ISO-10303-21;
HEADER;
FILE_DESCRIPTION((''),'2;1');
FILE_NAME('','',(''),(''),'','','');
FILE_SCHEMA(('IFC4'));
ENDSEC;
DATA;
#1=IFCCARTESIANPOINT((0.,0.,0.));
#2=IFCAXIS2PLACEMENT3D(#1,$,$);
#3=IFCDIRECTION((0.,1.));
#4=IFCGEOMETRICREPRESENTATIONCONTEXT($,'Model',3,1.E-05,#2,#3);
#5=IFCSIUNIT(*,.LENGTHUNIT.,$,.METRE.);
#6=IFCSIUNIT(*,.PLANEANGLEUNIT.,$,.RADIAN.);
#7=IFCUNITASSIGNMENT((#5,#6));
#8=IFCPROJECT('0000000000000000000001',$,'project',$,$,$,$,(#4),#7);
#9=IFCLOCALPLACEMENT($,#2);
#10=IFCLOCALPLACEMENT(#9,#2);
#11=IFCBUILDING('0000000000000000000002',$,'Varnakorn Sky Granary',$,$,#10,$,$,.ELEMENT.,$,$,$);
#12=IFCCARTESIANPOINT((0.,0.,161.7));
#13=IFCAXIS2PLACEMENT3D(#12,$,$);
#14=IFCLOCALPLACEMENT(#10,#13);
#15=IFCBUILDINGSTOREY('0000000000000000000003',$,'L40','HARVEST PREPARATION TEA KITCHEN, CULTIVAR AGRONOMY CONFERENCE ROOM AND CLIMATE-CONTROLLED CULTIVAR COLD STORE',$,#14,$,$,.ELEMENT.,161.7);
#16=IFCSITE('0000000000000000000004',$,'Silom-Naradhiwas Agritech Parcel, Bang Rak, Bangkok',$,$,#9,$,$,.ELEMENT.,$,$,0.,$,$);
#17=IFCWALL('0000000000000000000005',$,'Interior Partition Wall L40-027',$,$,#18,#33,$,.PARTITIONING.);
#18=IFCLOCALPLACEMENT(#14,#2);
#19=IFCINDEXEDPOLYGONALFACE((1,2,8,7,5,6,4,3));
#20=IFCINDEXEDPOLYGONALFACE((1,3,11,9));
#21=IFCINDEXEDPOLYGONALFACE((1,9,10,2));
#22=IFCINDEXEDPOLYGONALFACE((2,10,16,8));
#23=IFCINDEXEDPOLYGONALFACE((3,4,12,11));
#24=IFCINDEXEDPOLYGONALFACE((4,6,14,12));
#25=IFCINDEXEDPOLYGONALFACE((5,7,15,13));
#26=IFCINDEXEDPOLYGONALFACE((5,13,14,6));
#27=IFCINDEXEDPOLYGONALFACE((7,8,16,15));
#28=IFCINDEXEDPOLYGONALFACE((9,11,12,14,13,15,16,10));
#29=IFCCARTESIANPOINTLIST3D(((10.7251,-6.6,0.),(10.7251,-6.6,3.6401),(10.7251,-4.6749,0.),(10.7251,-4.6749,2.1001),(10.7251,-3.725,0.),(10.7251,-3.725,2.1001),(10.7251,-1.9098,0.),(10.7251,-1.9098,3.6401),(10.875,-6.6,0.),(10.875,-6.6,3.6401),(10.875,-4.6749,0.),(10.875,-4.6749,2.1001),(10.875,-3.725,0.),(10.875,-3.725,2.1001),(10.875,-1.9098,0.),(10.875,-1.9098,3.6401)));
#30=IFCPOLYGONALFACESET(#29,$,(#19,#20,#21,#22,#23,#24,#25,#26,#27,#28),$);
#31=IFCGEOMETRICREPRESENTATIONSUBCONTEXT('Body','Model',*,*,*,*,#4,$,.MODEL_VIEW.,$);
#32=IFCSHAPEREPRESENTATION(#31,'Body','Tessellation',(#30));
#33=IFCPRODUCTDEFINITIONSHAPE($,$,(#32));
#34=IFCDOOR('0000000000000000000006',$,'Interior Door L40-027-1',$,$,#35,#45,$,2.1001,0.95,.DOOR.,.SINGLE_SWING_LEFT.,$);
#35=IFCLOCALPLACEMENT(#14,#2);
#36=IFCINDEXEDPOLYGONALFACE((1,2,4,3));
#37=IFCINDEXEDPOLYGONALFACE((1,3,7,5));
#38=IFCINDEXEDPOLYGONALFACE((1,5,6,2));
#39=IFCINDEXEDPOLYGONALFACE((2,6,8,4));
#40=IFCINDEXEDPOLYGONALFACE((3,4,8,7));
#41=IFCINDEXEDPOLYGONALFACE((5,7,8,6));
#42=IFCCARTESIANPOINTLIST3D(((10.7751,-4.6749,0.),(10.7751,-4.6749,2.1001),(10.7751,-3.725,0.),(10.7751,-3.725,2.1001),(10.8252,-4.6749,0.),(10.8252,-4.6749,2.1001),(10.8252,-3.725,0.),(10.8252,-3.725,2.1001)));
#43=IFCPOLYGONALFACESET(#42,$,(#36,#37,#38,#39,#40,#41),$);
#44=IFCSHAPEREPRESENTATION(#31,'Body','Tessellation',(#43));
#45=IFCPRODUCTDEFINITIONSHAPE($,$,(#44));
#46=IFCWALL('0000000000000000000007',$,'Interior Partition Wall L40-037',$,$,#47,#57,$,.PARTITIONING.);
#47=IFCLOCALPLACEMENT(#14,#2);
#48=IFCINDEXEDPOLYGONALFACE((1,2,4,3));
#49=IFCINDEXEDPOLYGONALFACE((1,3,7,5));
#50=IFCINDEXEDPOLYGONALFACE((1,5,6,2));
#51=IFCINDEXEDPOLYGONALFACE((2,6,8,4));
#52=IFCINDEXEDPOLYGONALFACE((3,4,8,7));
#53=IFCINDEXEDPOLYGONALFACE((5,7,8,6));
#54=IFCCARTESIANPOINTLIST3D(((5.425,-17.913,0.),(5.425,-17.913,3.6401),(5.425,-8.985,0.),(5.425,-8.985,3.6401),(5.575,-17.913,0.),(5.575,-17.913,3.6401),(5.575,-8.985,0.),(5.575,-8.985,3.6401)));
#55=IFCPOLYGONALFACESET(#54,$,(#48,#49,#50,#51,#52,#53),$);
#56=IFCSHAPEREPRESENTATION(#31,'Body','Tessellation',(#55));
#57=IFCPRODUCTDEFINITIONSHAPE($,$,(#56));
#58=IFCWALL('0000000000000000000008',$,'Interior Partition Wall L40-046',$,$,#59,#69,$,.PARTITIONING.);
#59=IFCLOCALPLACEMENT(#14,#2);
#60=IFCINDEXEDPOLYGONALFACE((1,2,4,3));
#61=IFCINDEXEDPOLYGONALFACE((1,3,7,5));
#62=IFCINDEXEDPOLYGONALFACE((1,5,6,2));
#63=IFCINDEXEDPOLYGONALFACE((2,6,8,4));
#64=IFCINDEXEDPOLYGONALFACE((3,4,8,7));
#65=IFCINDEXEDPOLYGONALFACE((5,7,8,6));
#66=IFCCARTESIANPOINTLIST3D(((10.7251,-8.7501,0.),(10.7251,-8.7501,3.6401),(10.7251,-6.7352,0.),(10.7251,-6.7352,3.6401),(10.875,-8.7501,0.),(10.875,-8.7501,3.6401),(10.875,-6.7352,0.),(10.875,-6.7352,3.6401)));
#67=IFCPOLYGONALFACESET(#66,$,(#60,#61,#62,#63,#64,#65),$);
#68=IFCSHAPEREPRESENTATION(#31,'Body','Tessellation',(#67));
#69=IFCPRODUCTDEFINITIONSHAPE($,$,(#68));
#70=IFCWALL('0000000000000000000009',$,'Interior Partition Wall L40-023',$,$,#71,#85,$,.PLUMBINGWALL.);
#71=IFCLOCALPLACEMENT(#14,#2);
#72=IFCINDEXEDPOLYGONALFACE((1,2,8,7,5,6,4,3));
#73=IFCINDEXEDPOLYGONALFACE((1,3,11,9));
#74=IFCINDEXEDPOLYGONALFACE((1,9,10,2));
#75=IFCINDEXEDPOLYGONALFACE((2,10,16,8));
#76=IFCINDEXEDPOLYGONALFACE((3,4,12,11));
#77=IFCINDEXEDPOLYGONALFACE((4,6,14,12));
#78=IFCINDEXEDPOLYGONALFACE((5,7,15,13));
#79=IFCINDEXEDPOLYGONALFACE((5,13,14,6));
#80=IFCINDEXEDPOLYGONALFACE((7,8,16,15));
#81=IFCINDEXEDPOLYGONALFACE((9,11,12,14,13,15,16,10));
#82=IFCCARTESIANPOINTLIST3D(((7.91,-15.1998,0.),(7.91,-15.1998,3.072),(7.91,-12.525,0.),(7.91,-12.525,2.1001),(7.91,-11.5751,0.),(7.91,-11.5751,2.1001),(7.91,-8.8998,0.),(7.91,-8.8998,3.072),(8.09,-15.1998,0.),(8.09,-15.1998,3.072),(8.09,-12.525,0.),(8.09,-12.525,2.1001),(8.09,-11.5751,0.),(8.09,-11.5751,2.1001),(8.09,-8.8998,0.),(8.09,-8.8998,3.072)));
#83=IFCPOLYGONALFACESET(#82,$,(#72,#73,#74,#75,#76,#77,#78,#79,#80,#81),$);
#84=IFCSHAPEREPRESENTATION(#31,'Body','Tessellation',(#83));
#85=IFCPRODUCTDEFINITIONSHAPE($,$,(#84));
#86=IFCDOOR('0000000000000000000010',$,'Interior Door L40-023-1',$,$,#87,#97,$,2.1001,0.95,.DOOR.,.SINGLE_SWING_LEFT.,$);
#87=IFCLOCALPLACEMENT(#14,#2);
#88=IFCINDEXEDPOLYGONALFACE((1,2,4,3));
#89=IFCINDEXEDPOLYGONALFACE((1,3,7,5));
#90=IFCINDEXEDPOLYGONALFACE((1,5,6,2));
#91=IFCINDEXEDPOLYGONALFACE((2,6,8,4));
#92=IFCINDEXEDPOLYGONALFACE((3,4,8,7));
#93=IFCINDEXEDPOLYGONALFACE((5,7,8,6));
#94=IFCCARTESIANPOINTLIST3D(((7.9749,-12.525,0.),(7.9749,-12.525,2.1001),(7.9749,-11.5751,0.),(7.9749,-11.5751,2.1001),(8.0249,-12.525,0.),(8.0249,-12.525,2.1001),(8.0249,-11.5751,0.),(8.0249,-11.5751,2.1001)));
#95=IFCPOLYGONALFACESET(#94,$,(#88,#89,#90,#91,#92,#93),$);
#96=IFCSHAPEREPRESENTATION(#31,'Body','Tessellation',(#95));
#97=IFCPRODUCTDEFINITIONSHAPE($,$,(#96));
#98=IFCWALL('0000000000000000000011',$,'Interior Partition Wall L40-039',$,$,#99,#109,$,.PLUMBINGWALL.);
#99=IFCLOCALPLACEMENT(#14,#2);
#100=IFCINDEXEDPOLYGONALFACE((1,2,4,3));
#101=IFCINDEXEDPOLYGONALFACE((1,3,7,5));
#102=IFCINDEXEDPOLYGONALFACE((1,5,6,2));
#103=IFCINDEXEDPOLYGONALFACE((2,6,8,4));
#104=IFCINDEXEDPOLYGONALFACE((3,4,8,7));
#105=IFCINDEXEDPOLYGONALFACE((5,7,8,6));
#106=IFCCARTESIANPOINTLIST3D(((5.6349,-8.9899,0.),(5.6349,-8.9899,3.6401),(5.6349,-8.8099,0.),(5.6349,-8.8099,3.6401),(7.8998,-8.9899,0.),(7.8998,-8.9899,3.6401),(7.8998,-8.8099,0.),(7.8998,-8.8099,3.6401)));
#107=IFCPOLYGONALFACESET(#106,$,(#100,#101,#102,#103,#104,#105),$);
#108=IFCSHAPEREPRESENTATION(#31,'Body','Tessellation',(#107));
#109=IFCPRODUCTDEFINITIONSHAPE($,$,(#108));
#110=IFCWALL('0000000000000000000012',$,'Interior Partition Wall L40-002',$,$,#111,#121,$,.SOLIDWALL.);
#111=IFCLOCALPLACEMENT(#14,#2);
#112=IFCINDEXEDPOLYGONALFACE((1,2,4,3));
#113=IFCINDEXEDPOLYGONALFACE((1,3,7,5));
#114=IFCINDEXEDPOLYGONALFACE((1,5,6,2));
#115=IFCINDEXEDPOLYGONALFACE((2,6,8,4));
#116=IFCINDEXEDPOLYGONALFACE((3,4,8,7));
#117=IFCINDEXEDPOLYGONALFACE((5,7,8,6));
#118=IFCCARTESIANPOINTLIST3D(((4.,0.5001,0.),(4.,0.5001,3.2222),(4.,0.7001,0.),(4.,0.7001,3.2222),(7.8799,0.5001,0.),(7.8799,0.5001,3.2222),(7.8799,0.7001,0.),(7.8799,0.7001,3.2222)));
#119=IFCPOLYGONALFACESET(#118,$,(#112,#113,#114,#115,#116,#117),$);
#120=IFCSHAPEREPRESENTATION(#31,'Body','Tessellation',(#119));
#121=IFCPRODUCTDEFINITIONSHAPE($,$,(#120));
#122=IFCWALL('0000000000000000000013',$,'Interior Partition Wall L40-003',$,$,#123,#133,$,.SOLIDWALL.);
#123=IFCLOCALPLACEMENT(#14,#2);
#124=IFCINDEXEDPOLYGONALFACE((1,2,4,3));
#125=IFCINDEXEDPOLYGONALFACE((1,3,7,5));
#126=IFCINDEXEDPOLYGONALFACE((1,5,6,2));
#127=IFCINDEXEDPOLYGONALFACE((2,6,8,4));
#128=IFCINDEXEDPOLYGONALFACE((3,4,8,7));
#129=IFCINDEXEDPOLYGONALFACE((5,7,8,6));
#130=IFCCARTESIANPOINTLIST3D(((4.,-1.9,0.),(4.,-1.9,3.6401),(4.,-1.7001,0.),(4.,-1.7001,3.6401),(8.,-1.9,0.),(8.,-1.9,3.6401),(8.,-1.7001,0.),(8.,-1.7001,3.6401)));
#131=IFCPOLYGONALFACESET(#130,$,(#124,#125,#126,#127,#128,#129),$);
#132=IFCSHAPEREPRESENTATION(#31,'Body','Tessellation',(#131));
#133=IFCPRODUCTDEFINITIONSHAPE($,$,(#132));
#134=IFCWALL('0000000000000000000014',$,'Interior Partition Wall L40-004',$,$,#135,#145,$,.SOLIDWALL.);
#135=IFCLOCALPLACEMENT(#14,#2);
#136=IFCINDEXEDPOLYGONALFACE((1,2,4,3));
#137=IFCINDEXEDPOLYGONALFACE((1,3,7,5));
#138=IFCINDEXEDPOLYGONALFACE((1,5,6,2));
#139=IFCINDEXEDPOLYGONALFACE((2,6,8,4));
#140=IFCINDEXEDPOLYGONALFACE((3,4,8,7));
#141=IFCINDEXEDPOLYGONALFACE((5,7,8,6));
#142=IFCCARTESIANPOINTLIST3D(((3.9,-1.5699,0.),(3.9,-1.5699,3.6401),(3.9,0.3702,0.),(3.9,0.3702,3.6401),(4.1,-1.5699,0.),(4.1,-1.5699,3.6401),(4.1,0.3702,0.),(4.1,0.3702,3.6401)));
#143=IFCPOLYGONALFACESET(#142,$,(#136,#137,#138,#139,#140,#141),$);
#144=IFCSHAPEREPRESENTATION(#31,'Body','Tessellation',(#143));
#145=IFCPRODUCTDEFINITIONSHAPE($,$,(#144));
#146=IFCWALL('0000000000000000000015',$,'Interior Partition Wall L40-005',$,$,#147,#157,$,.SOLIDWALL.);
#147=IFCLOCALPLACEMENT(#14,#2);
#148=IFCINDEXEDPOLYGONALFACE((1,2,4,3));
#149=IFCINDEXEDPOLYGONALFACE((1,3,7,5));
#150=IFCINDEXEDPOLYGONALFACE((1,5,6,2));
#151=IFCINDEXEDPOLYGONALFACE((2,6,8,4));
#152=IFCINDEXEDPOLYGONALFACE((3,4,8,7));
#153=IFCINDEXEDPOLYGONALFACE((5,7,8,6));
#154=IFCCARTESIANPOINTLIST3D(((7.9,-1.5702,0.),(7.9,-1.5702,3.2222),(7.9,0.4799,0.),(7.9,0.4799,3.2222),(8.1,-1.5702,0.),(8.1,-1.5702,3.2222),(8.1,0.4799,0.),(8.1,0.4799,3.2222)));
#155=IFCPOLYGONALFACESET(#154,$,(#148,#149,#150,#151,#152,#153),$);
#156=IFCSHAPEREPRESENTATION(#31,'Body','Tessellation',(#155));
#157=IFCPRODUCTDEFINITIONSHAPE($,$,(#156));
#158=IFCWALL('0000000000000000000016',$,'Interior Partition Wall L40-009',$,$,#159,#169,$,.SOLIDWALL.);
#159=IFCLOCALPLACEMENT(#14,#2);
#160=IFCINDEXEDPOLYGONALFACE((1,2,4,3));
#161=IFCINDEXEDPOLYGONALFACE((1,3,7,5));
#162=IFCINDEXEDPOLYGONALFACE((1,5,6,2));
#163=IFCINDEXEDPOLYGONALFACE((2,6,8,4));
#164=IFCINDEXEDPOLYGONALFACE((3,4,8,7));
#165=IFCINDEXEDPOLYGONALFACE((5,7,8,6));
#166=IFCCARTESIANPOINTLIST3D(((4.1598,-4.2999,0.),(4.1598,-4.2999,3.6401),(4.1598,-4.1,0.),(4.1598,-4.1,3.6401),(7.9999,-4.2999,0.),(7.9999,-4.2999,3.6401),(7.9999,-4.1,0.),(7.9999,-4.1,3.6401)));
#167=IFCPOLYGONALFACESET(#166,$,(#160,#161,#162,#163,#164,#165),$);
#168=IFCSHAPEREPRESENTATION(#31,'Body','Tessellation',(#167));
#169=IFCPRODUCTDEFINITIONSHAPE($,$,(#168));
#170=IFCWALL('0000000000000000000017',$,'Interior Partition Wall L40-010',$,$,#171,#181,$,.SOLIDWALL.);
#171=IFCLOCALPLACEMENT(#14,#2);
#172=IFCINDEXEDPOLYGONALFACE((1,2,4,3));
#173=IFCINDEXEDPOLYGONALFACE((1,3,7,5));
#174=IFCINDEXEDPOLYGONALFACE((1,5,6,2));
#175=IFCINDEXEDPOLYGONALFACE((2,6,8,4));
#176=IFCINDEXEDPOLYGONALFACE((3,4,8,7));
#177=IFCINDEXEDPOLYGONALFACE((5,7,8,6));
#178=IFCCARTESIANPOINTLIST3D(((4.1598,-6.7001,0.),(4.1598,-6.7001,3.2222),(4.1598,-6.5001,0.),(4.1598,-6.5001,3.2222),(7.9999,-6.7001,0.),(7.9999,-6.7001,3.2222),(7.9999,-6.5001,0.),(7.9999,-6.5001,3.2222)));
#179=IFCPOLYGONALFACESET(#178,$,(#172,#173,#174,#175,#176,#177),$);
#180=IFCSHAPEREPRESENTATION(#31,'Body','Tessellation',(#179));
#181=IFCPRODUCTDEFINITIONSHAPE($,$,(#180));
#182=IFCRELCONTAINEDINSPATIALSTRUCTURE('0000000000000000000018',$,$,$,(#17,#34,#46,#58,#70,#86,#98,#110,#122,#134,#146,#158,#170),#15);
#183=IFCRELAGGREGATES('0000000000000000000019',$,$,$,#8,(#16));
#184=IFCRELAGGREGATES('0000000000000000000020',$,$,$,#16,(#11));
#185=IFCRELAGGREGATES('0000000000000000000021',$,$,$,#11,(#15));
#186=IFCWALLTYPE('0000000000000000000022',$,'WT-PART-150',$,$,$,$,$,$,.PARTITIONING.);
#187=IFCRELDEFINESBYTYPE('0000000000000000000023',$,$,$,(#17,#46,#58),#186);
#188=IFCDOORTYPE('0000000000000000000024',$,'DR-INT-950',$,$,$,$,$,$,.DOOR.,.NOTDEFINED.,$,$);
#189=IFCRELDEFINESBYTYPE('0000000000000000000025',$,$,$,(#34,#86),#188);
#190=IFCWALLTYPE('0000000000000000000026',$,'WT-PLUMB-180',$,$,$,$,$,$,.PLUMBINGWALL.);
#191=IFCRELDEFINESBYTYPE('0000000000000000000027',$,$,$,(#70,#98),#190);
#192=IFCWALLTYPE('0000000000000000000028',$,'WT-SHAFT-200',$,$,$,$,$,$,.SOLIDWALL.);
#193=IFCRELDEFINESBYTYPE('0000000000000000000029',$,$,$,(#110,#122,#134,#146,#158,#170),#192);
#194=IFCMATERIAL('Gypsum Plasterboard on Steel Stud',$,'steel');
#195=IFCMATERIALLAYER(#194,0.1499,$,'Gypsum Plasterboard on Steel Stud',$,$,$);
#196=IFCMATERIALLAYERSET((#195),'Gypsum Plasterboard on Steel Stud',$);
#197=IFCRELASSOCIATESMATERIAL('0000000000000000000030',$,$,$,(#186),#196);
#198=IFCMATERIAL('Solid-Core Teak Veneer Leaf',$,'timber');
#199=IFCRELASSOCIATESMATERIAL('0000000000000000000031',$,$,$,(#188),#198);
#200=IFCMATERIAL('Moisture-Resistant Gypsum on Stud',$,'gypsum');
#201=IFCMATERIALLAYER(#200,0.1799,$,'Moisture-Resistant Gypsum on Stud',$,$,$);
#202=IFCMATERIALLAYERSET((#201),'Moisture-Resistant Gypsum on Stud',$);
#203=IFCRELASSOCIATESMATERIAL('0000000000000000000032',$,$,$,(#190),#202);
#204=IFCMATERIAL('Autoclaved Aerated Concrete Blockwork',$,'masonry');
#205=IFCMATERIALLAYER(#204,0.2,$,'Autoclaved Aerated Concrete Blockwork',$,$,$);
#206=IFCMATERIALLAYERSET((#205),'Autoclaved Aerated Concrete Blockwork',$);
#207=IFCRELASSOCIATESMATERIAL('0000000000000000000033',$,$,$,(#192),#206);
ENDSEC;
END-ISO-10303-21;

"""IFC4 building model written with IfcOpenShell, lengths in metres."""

from ifc_helpers import new_model, si_unit, direction, frame, frame_2d, origin, place, context, subcontext, project, spatial, rectangle, extrude, material, layer, layer_set, type_object, element, fill, save


model = new_model("IFC4")

# Units and contexts
model_context = context("Model", 3, precision=1e-05, world=origin(), true_north=direction((0.0, 1.0)))
body_context = subcontext(model_context, "Body", "Model", "MODEL_VIEW")
ifc_project = project(units=[si_unit("LENGTHUNIT", "METRE"), si_unit("PLANEANGLEUNIT", "RADIAN")], contexts=[model_context])

# Site, building, storey
site_placement = place(None, origin())
site = spatial("IfcSite", under=ifc_project, at=site_placement, Name="Silom-Naradhiwas Agritech Parcel, Bang Rak, Bangkok", CompositionType="ELEMENT", RefElevation=0.0)
building_placement = place(site_placement, origin())
building = spatial("IfcBuilding", under=site, at=building_placement, Name="Varnakorn Sky Granary", CompositionType="ELEMENT")
storey_placement = place(building_placement, frame((0.0, 0.0, 161.7)))
storey = spatial("IfcBuildingStorey", under=building, at=storey_placement, Name="L40", Description="HARVEST PREPARATION TEA KITCHEN, CULTIVAR AGRONOMY CONFERENCE ROOM AND CLIMATE-CONTROLLED CULTIVAR COLD STORE", CompositionType="ELEMENT", Elevation=161.7)

# Wall, opening, door
ifc_material_1 = material(Name="Autoclaved Aerated Concrete Blockwork", Category="masonry")
ifc_material_2 = material(Name="Gypsum Plasterboard on Steel Stud", Category="steel")
ifc_layer_1 = layer(ifc_material_2, 0.1499, Name="Gypsum Plasterboard on Steel Stud")
ifc_layer_set_1 = layer_set([ifc_layer_1], Name="Gypsum Plasterboard on Steel Stud")
wall_type_1 = type_object("IfcWallType", Name="WT-PART-150", PredefinedType="PARTITIONING", material=ifc_layer_set_1)
wall_1_placement = place(storey_placement, frame((10.8, -6.6001, 0.0), z_axis=(0.0, 0.0, 1.0), x_axis=(0.0, 1.0, 0.0)))
wall_1 = element("IfcWall", 1, at=wall_1_placement, inside=storey, type_object=wall_type_1, Name="Interior Partition Wall L40-027", PredefinedType="PARTITIONING", context=body_context, shape_type="SweptSolid", body=[
    extrude(rectangle(XDim=4.6902, YDim=0.1499, at=frame_2d((2.3452, 0.0))), origin(), (0.0, 0.0, 1.0), 3.6401),
])
opening_1_placement = place(wall_1_placement, frame((1.925, 0.0, 0.0)))
opening_1 = element("IfcOpeningElement", 2, at=opening_1_placement, cuts=wall_1, PredefinedType="OPENING", context=body_context, shape_type="SweptSolid", body=[
    extrude(rectangle(XDim=0.95, YDim=2.1001, at=frame_2d((0.4751, 1.05))), frame((0.0, 0.085, 0.0), z_axis=(0.0, -1.0, 0.0), x_axis=(1.0, 0.0, 0.0)), (0.0, 0.0, 1.0), 0.1699),
])
ifc_material_3 = material(Name="Solid-Core Teak Veneer Leaf", Category="timber")
door_type_1 = type_object("IfcDoorType", Name="DR-INT-950", OperationType="NOTDEFINED", PredefinedType="DOOR", material=ifc_material_3)
door_1_placement = place(opening_1_placement, origin())
door_1 = element("IfcDoor", 3, at=door_1_placement, inside=storey, type_object=door_type_1, Name="Interior Door L40-027-1", OperationType="SINGLE_SWING_LEFT", OverallHeight=2.1001, OverallWidth=0.95, PredefinedType="DOOR", context=body_context, shape_type="SweptSolid", body=[
    extrude(rectangle(XDim=0.95, YDim=2.1001, at=frame_2d((0.4751, 1.05))), frame((0.0, 0.0249, 0.0), z_axis=(0.0, -1.0, 0.0), x_axis=(1.0, 0.0, 0.0)), (0.0, 0.0, 1.0), 0.05),
])
fill(opening_1, door_1)

# Walls
wall_2_placement = place(storey_placement, frame((5.5, -8.9851, 0.0), z_axis=(0.0, 0.0, 1.0), x_axis=(0.0, -1.0, 0.0)))
element("IfcWall", 4, at=wall_2_placement, inside=storey, type_object=wall_type_1, Name="Interior Partition Wall L40-037", PredefinedType="PARTITIONING", context=body_context, shape_type="SweptSolid", body=[
    extrude(rectangle(XDim=8.928, YDim=0.1499, at=frame_2d((4.4639, 0.0))), origin(), (0.0, 0.0, 1.0), 3.6401),
])
wall_3_placement = place(storey_placement, frame((10.8, -8.75, 0.0), z_axis=(0.0, 0.0, 1.0), x_axis=(0.0, 1.0, 0.0)))
element("IfcWall", 5, at=wall_3_placement, inside=storey, type_object=wall_type_1, Name="Interior Partition Wall L40-046", PredefinedType="PARTITIONING", context=body_context, shape_type="SweptSolid", body=[
    extrude(rectangle(XDim=2.0149, YDim=0.1499, at=frame_2d((1.0073, 0.0))), origin(), (0.0, 0.0, 1.0), 3.6401),
])

# Wall, opening, door
ifc_material_4 = material(Name="Moisture-Resistant Gypsum on Stud", Category="gypsum")
ifc_layer_2 = layer(ifc_material_4, 0.1799, Name="Moisture-Resistant Gypsum on Stud")
ifc_layer_set_2 = layer_set([ifc_layer_2], Name="Moisture-Resistant Gypsum on Stud")
wall_type_2 = type_object("IfcWallType", Name="WT-PLUMB-180", PredefinedType="PLUMBINGWALL", material=ifc_layer_set_2)
wall_4_placement = place(storey_placement, frame((8.0, -8.8999, 0.0), z_axis=(0.0, 0.0, 1.0), x_axis=(0.0, -1.0, 0.0)))
wall_4 = element("IfcWall", 6, at=wall_4_placement, inside=storey, type_object=wall_type_2, Name="Interior Partition Wall L40-023", PredefinedType="PLUMBINGWALL", context=body_context, shape_type="SweptSolid", body=[
    extrude(rectangle(XDim=6.3, YDim=0.1799, at=frame_2d((3.1499, 0.0))), origin(), (0.0, 0.0, 1.0), 3.072),
])
opening_2_placement = place(wall_4_placement, frame((2.675, 0.0, 0.0)))
opening_2 = element("IfcOpeningElement", 7, at=opening_2_placement, cuts=wall_4, PredefinedType="OPENING", context=body_context, shape_type="SweptSolid", body=[
    extrude(rectangle(XDim=0.95, YDim=2.1001, at=frame_2d((0.4751, 1.05))), frame((0.0, 0.1001, 0.0), z_axis=(0.0, -1.0, 0.0), x_axis=(1.0, 0.0, 0.0)), (0.0, 0.0, 1.0), 0.2),
])
door_2_placement = place(opening_2_placement, origin())
door_2 = element("IfcDoor", 8, at=door_2_placement, inside=storey, type_object=door_type_1, Name="Interior Door L40-023-1", OperationType="SINGLE_SWING_LEFT", OverallHeight=2.1001, OverallWidth=0.95, PredefinedType="DOOR", context=body_context, shape_type="SweptSolid", body=[
    extrude(rectangle(XDim=0.95, YDim=2.1001, at=frame_2d((0.4751, 1.05))), frame((0.0, 0.0249, 0.0), z_axis=(0.0, -1.0, 0.0), x_axis=(1.0, 0.0, 0.0)), (0.0, 0.0, 1.0), 0.05),
])
fill(opening_2, door_2)

# Walls
wall_5_placement = place(storey_placement, frame((5.635, -8.8999, 0.0), z_axis=(0.0, 0.0, 1.0), x_axis=(1.0, 0.0, 0.0)))
element("IfcWall", 9, at=wall_5_placement, inside=storey, type_object=wall_type_2, Name="Interior Partition Wall L40-039", PredefinedType="PLUMBINGWALL", context=body_context, shape_type="SweptSolid", body=[
    extrude(rectangle(XDim=2.2649, YDim=0.1799, at=frame_2d((1.1323, 0.0))), origin(), (0.0, 0.0, 1.0), 3.6401),
])
ifc_layer_3 = layer(ifc_material_1, 0.2, Name="Autoclaved Aerated Concrete Blockwork")
ifc_layer_set_3 = layer_set([ifc_layer_3], Name="Autoclaved Aerated Concrete Blockwork")
wall_type_3 = type_object("IfcWallType", Name="WT-SHAFT-200", PredefinedType="SOLIDWALL", material=ifc_layer_set_3)
wall_6_placement = place(storey_placement, frame((4.0, 0.6001, 0.0), z_axis=(0.0, 0.0, 1.0), x_axis=(1.0, 0.0, 0.0)))
element("IfcWall", 10, at=wall_6_placement, inside=storey, type_object=wall_type_3, Name="Interior Partition Wall L40-002", PredefinedType="SOLIDWALL", context=body_context, shape_type="SweptSolid", body=[
    extrude(rectangle(XDim=3.8799, YDim=0.2, at=frame_2d((1.9399, 0.0))), origin(), (0.0, 0.0, 1.0), 3.2222),
])
wall_7_placement = place(storey_placement, frame((4.0, -1.8, 0.0), z_axis=(0.0, 0.0, 1.0), x_axis=(1.0, 0.0, 0.0)))
element("IfcWall", 11, at=wall_7_placement, inside=storey, type_object=wall_type_3, Name="Interior Partition Wall L40-003", PredefinedType="SOLIDWALL", context=body_context, shape_type="SweptSolid", body=[
    extrude(rectangle(XDim=4.0, YDim=0.2, at=frame_2d((2.0, 0.0))), origin(), (0.0, 0.0, 1.0), 3.6401),
])
wall_8_placement = place(storey_placement, frame((4.0, -1.5701, 0.0), z_axis=(0.0, 0.0, 1.0), x_axis=(0.0, 1.0, 0.0)))
element("IfcWall", 12, at=wall_8_placement, inside=storey, type_object=wall_type_3, Name="Interior Partition Wall L40-004", PredefinedType="SOLIDWALL", context=body_context, shape_type="SweptSolid", body=[
    extrude(rectangle(XDim=1.9402, YDim=0.2, at=frame_2d((0.9702, 0.0))), origin(), (0.0, 0.0, 1.0), 3.6401),
])
wall_9_placement = place(storey_placement, frame((8.0, -1.5701, 0.0), z_axis=(0.0, 0.0, 1.0), x_axis=(0.0, 1.0, 0.0)))
element("IfcWall", 13, at=wall_9_placement, inside=storey, type_object=wall_type_3, Name="Interior Partition Wall L40-005", PredefinedType="SOLIDWALL", context=body_context, shape_type="SweptSolid", body=[
    extrude(rectangle(XDim=2.05, YDim=0.2, at=frame_2d((1.0249, 0.0))), origin(), (0.0, 0.0, 1.0), 3.2222),
])
wall_10_placement = place(storey_placement, frame((4.1599, -4.2, 0.0), z_axis=(0.0, 0.0, 1.0), x_axis=(1.0, 0.0, 0.0)))
element("IfcWall", 14, at=wall_10_placement, inside=storey, type_object=wall_type_3, Name="Interior Partition Wall L40-009", PredefinedType="SOLIDWALL", context=body_context, shape_type="SweptSolid", body=[
    extrude(rectangle(XDim=3.8401, YDim=0.2, at=frame_2d((1.9199, 0.0))), origin(), (0.0, 0.0, 1.0), 3.6401),
])
wall_11_placement = place(storey_placement, frame((4.1599, -6.6001, 0.0), z_axis=(0.0, 0.0, 1.0), x_axis=(1.0, 0.0, 0.0)))
element("IfcWall", 15, at=wall_11_placement, inside=storey, type_object=wall_type_3, Name="Interior Partition Wall L40-010", PredefinedType="SOLIDWALL", context=body_context, shape_type="SweptSolid", body=[
    extrude(rectangle(XDim=3.8401, YDim=0.2, at=frame_2d((1.9199, 0.0))), origin(), (0.0, 0.0, 1.0), 3.2222),
])

save(model, "model.ifc")
